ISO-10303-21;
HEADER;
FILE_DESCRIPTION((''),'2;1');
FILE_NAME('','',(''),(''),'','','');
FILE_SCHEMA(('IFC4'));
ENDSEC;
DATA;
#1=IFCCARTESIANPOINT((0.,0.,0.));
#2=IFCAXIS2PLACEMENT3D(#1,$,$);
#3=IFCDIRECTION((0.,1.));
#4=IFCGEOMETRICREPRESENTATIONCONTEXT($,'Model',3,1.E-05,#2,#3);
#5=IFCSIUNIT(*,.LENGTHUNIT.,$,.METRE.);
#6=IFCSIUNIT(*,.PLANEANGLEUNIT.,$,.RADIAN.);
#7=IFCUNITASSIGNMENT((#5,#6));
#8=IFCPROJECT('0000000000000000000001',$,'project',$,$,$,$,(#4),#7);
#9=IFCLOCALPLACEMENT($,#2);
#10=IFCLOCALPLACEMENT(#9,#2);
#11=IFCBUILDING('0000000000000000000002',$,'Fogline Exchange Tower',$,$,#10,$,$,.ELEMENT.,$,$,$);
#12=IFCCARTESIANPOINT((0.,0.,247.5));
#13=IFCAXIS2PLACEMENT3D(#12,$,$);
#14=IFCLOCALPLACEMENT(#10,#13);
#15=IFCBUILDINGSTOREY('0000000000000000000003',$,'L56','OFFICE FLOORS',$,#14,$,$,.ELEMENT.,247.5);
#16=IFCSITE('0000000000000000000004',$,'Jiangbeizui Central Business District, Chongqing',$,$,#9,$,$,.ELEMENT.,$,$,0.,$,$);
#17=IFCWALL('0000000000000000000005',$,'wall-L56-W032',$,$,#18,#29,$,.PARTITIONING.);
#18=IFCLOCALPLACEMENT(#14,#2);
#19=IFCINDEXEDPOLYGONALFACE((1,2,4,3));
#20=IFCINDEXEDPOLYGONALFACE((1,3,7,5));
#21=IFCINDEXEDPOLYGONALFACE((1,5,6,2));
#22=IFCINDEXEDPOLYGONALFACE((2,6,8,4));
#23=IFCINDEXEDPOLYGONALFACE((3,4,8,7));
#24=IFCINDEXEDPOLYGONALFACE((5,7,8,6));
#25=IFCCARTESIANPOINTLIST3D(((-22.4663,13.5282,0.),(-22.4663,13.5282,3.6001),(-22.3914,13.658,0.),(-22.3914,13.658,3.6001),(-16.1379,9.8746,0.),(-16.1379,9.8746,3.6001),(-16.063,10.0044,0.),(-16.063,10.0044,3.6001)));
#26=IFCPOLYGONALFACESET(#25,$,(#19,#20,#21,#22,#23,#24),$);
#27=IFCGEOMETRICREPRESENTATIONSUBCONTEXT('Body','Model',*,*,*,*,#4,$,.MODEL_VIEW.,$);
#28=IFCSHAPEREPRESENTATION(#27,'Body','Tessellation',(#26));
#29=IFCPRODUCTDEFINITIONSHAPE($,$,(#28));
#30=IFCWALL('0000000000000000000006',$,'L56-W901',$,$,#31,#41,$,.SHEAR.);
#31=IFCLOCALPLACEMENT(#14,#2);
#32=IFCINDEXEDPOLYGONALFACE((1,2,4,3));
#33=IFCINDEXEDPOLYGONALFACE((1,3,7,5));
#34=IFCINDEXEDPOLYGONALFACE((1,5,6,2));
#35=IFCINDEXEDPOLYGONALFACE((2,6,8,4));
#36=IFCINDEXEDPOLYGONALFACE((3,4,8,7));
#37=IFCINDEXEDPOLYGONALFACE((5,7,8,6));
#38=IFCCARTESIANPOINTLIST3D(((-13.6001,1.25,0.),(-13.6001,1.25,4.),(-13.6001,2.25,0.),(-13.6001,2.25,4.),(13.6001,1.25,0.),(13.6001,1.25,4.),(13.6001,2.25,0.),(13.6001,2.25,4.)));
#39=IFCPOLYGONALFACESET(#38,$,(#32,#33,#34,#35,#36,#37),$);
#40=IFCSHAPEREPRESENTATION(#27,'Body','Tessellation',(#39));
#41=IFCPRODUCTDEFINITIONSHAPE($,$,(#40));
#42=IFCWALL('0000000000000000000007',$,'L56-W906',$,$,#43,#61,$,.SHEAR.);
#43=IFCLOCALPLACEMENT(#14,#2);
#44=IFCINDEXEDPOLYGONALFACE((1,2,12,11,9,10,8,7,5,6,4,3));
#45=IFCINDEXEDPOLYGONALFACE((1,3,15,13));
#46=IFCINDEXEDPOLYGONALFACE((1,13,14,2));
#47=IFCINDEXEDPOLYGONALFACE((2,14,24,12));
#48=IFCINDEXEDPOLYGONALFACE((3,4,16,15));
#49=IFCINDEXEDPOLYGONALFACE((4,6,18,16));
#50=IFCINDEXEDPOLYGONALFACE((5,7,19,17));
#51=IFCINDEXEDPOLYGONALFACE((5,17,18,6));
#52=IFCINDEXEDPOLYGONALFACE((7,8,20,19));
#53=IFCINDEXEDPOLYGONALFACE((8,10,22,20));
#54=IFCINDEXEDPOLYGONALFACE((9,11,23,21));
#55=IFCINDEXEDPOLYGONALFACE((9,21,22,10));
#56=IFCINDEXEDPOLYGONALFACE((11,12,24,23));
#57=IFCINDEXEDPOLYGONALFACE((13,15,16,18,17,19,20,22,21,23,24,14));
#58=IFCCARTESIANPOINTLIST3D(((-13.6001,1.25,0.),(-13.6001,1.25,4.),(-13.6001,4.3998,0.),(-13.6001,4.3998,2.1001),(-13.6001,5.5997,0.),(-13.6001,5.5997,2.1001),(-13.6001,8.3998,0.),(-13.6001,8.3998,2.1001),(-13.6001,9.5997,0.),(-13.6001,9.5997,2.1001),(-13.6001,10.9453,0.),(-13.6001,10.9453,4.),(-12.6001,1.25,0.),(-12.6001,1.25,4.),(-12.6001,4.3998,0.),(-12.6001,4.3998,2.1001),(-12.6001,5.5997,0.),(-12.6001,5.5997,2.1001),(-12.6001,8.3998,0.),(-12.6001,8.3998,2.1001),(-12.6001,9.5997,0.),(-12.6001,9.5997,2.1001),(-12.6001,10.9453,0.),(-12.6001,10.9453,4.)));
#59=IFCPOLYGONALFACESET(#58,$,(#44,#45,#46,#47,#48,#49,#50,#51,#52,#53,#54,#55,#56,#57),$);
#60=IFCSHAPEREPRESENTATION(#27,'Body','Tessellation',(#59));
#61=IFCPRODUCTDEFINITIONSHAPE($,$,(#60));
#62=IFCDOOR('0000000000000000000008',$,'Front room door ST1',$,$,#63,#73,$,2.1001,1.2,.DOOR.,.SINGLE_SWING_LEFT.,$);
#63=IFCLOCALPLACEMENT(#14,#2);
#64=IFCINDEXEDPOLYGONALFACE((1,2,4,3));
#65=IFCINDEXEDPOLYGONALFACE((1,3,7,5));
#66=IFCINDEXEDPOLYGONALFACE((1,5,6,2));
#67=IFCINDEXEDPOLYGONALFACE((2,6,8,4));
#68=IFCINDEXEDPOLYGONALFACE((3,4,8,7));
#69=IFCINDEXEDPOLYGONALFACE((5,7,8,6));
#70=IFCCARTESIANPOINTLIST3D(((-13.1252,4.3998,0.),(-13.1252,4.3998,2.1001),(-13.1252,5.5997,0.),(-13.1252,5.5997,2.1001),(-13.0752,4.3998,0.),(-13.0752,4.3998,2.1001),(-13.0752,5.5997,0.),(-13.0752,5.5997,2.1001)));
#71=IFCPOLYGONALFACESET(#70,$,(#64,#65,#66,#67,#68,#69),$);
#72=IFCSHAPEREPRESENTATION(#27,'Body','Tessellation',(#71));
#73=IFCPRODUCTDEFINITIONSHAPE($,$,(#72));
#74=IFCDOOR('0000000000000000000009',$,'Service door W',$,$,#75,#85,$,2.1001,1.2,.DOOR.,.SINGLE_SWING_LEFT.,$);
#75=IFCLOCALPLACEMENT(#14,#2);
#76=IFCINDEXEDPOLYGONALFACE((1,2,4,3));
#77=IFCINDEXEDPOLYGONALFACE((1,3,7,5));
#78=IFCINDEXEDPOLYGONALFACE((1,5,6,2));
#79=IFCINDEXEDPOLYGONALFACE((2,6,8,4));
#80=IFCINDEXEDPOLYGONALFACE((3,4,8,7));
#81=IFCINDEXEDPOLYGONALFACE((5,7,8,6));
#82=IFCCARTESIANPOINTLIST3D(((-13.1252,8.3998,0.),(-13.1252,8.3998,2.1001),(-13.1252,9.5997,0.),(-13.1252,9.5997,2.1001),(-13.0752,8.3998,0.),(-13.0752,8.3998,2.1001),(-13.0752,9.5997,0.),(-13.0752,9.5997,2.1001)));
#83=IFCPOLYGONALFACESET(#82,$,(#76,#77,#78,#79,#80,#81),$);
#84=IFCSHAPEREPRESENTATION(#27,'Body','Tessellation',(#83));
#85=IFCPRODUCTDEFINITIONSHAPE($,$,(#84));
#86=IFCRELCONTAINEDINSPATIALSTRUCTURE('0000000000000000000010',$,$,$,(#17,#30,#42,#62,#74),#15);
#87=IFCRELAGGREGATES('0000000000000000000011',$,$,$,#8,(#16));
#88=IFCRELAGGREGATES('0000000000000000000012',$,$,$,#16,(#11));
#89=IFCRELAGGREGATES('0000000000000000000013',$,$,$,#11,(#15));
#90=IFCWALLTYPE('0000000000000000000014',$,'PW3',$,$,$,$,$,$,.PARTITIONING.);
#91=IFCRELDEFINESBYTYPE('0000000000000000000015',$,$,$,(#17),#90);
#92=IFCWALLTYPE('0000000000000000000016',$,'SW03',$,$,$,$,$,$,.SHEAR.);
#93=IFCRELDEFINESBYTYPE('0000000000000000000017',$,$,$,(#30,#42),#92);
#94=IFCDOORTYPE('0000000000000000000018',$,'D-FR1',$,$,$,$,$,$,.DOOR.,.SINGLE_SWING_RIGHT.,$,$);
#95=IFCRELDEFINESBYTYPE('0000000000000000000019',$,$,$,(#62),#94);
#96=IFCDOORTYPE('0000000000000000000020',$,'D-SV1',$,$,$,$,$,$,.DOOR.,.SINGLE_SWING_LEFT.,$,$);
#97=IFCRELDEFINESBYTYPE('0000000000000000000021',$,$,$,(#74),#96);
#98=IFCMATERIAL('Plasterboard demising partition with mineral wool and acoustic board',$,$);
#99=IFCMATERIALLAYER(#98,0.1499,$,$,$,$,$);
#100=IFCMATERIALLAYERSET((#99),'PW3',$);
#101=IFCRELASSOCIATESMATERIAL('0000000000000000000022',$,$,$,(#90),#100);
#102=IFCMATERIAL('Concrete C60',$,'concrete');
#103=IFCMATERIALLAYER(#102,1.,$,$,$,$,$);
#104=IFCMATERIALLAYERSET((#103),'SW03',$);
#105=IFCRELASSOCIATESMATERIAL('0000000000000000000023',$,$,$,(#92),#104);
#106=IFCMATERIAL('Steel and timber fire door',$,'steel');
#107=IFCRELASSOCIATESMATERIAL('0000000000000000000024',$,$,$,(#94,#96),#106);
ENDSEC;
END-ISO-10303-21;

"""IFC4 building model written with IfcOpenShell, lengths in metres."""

from ifc_helpers import new_model, si_unit, direction, frame, frame_2d, origin, place, context, subcontext, project, spatial, rectangle, extrude, material, layer, layer_set, type_object, element, fill, save


model = new_model("IFC4")

# Units and contexts
model_context = context("Model", 3, precision=1e-05, world=origin(), true_north=direction((0.0, 1.0)))
body_context = subcontext(model_context, "Body", "Model", "MODEL_VIEW")
ifc_project = project(units=[si_unit("LENGTHUNIT", "METRE"), si_unit("PLANEANGLEUNIT", "RADIAN")], contexts=[model_context])

# Site, building, storey
site_placement = place(None, origin())
site = spatial("IfcSite", under=ifc_project, at=site_placement, Name="Jiangbeizui Central Business District, Chongqing", CompositionType="ELEMENT", RefElevation=0.0)
building_placement = place(site_placement, origin())
building = spatial("IfcBuilding", under=site, at=building_placement, Name="Fogline Exchange Tower", CompositionType="ELEMENT")
storey_placement = place(building_placement, frame((0.0, 0.0, 247.5)))
storey = spatial("IfcBuildingStorey", under=building, at=storey_placement, Name="L56", Description="OFFICE FLOORS", CompositionType="ELEMENT", Elevation=247.5)

# Shared definitions
ifc_material_1 = material(Name="Concrete C60", Category="concrete")

# Walls
ifc_material_2 = material(Name="Plasterboard demising partition with mineral wool and acoustic board")
ifc_layer_1 = layer(ifc_material_2, 0.1499)
ifc_layer_set_1 = layer_set([ifc_layer_1], Name="PW3")
wall_type_1 = type_object("IfcWallType", Name="PW3", PredefinedType="PARTITIONING", material=ifc_layer_set_1)
wall_1_placement = place(storey_placement, frame((-16.1003, 9.9395, 0.0), z_axis=(0.0, 0.0, 1.0), x_axis=(-0.866033, 0.499988, 0.0)))
element("IfcWall", 1, at=wall_1_placement, inside=storey, type_object=wall_type_1, Name="wall-L56-W032", PredefinedType="PARTITIONING", context=body_context, shape_type="SweptSolid", body=[
    extrude(rectangle(XDim=7.3074, YDim=0.1499, at=frame_2d((3.6538, 0.0))), origin(), (0.0, 0.0, 1.0), 3.6001),
])
ifc_layer_2 = layer(ifc_material_1, 1.0)
ifc_layer_set_2 = layer_set([ifc_layer_2], Name="SW03")
wall_type_2 = type_object("IfcWallType", Name="SW03", PredefinedType="SHEAR", material=ifc_layer_set_2)
wall_2_placement = place(storey_placement, frame((-13.6001, 1.75, 0.0), z_axis=(0.0, 0.0, 1.0), x_axis=(1.0, 0.0, 0.0)))
element("IfcWall", 2, at=wall_2_placement, inside=storey, type_object=wall_type_2, Name="L56-W901", PredefinedType="SHEAR", context=body_context, shape_type="SweptSolid", body=[
    extrude(rectangle(XDim=27.2002, YDim=1.0, at=frame_2d((13.6001, 0.0))), origin(), (0.0, 0.0, 1.0), 4.0),
])

# Wall, openings, doors
wall_3_placement = place(storey_placement, frame((-13.1001, 10.9453, 0.0), z_axis=(0.0, 0.0, 1.0), x_axis=(0.0, -1.0, 0.0)))
wall_3 = element("IfcWall", 3, at=wall_3_placement, inside=storey, type_object=wall_type_2, Name="L56-W906", PredefinedType="SHEAR", context=body_context, shape_type="SweptSolid", body=[
    extrude(rectangle(XDim=9.6953, YDim=1.0, at=frame_2d((4.8477, 0.0))), origin(), (0.0, 0.0, 1.0), 4.0),
])
opening_1_placement = place(wall_3_placement, frame((5.3455, 0.0, 0.0)))
opening_1 = element("IfcOpeningElement", 4, at=opening_1_placement, cuts=wall_3, PredefinedType="OPENING", context=body_context, shape_type="SweptSolid", body=[
    extrude(rectangle(XDim=1.2, YDim=2.1001, at=frame_2d((0.6001, 1.05))), frame((0.0, 0.51, 0.0), z_axis=(0.0, -1.0, 0.0), x_axis=(1.0, 0.0, 0.0)), (0.0, 0.0, 1.0), 1.02),
])
opening_2_placement = place(wall_3_placement, frame((1.3455, 0.0, 0.0)))
opening_2 = element("IfcOpeningElement", 5, at=opening_2_placement, cuts=wall_3, PredefinedType="OPENING", context=body_context, shape_type="SweptSolid", body=[
    extrude(rectangle(XDim=1.2, YDim=2.1001, at=frame_2d((0.6001, 1.05))), frame((0.0, 0.51, 0.0), z_axis=(0.0, -1.0, 0.0), x_axis=(1.0, 0.0, 0.0)), (0.0, 0.0, 1.0), 1.02),
])
ifc_material_3 = material(Name="Steel and timber fire door", Category="steel")
door_type_1 = type_object("IfcDoorType", Name="D-FR1", OperationType="SINGLE_SWING_RIGHT", PredefinedType="DOOR", material=ifc_material_3)
door_1_placement = place(opening_1_placement, origin())
door_1 = element("IfcDoor", 6, at=door_1_placement, inside=storey, type_object=door_type_1, Name="Front room door ST1", OperationType="SINGLE_SWING_LEFT", OverallHeight=2.1001, OverallWidth=1.2, PredefinedType="DOOR", context=body_context, shape_type="SweptSolid", body=[
    extrude(rectangle(XDim=1.2, YDim=2.1001, at=frame_2d((0.6001, 1.05))), frame((0.0, 0.0249, 0.0), z_axis=(0.0, -1.0, 0.0), x_axis=(1.0, 0.0, 0.0)), (0.0, 0.0, 1.0), 0.05),
])
fill(opening_1, door_1)
door_type_2 = type_object("IfcDoorType", Name="D-SV1", OperationType="SINGLE_SWING_LEFT", PredefinedType="DOOR", material=ifc_material_3)
door_2_placement = place(opening_2_placement, origin())
door_2 = element("IfcDoor", 7, at=door_2_placement, inside=storey, type_object=door_type_2, Name="Service door W", OperationType="SINGLE_SWING_LEFT", OverallHeight=2.1001, OverallWidth=1.2, PredefinedType="DOOR", context=body_context, shape_type="SweptSolid", body=[
    extrude(rectangle(XDim=1.2, YDim=2.1001, at=frame_2d((0.6001, 1.05))), frame((0.0, 0.0249, 0.0), z_axis=(0.0, -1.0, 0.0), x_axis=(1.0, 0.0, 0.0)), (0.0, 0.0, 1.0), 0.05),
])
fill(opening_2, door_2)

save(model, "model.ifc")
